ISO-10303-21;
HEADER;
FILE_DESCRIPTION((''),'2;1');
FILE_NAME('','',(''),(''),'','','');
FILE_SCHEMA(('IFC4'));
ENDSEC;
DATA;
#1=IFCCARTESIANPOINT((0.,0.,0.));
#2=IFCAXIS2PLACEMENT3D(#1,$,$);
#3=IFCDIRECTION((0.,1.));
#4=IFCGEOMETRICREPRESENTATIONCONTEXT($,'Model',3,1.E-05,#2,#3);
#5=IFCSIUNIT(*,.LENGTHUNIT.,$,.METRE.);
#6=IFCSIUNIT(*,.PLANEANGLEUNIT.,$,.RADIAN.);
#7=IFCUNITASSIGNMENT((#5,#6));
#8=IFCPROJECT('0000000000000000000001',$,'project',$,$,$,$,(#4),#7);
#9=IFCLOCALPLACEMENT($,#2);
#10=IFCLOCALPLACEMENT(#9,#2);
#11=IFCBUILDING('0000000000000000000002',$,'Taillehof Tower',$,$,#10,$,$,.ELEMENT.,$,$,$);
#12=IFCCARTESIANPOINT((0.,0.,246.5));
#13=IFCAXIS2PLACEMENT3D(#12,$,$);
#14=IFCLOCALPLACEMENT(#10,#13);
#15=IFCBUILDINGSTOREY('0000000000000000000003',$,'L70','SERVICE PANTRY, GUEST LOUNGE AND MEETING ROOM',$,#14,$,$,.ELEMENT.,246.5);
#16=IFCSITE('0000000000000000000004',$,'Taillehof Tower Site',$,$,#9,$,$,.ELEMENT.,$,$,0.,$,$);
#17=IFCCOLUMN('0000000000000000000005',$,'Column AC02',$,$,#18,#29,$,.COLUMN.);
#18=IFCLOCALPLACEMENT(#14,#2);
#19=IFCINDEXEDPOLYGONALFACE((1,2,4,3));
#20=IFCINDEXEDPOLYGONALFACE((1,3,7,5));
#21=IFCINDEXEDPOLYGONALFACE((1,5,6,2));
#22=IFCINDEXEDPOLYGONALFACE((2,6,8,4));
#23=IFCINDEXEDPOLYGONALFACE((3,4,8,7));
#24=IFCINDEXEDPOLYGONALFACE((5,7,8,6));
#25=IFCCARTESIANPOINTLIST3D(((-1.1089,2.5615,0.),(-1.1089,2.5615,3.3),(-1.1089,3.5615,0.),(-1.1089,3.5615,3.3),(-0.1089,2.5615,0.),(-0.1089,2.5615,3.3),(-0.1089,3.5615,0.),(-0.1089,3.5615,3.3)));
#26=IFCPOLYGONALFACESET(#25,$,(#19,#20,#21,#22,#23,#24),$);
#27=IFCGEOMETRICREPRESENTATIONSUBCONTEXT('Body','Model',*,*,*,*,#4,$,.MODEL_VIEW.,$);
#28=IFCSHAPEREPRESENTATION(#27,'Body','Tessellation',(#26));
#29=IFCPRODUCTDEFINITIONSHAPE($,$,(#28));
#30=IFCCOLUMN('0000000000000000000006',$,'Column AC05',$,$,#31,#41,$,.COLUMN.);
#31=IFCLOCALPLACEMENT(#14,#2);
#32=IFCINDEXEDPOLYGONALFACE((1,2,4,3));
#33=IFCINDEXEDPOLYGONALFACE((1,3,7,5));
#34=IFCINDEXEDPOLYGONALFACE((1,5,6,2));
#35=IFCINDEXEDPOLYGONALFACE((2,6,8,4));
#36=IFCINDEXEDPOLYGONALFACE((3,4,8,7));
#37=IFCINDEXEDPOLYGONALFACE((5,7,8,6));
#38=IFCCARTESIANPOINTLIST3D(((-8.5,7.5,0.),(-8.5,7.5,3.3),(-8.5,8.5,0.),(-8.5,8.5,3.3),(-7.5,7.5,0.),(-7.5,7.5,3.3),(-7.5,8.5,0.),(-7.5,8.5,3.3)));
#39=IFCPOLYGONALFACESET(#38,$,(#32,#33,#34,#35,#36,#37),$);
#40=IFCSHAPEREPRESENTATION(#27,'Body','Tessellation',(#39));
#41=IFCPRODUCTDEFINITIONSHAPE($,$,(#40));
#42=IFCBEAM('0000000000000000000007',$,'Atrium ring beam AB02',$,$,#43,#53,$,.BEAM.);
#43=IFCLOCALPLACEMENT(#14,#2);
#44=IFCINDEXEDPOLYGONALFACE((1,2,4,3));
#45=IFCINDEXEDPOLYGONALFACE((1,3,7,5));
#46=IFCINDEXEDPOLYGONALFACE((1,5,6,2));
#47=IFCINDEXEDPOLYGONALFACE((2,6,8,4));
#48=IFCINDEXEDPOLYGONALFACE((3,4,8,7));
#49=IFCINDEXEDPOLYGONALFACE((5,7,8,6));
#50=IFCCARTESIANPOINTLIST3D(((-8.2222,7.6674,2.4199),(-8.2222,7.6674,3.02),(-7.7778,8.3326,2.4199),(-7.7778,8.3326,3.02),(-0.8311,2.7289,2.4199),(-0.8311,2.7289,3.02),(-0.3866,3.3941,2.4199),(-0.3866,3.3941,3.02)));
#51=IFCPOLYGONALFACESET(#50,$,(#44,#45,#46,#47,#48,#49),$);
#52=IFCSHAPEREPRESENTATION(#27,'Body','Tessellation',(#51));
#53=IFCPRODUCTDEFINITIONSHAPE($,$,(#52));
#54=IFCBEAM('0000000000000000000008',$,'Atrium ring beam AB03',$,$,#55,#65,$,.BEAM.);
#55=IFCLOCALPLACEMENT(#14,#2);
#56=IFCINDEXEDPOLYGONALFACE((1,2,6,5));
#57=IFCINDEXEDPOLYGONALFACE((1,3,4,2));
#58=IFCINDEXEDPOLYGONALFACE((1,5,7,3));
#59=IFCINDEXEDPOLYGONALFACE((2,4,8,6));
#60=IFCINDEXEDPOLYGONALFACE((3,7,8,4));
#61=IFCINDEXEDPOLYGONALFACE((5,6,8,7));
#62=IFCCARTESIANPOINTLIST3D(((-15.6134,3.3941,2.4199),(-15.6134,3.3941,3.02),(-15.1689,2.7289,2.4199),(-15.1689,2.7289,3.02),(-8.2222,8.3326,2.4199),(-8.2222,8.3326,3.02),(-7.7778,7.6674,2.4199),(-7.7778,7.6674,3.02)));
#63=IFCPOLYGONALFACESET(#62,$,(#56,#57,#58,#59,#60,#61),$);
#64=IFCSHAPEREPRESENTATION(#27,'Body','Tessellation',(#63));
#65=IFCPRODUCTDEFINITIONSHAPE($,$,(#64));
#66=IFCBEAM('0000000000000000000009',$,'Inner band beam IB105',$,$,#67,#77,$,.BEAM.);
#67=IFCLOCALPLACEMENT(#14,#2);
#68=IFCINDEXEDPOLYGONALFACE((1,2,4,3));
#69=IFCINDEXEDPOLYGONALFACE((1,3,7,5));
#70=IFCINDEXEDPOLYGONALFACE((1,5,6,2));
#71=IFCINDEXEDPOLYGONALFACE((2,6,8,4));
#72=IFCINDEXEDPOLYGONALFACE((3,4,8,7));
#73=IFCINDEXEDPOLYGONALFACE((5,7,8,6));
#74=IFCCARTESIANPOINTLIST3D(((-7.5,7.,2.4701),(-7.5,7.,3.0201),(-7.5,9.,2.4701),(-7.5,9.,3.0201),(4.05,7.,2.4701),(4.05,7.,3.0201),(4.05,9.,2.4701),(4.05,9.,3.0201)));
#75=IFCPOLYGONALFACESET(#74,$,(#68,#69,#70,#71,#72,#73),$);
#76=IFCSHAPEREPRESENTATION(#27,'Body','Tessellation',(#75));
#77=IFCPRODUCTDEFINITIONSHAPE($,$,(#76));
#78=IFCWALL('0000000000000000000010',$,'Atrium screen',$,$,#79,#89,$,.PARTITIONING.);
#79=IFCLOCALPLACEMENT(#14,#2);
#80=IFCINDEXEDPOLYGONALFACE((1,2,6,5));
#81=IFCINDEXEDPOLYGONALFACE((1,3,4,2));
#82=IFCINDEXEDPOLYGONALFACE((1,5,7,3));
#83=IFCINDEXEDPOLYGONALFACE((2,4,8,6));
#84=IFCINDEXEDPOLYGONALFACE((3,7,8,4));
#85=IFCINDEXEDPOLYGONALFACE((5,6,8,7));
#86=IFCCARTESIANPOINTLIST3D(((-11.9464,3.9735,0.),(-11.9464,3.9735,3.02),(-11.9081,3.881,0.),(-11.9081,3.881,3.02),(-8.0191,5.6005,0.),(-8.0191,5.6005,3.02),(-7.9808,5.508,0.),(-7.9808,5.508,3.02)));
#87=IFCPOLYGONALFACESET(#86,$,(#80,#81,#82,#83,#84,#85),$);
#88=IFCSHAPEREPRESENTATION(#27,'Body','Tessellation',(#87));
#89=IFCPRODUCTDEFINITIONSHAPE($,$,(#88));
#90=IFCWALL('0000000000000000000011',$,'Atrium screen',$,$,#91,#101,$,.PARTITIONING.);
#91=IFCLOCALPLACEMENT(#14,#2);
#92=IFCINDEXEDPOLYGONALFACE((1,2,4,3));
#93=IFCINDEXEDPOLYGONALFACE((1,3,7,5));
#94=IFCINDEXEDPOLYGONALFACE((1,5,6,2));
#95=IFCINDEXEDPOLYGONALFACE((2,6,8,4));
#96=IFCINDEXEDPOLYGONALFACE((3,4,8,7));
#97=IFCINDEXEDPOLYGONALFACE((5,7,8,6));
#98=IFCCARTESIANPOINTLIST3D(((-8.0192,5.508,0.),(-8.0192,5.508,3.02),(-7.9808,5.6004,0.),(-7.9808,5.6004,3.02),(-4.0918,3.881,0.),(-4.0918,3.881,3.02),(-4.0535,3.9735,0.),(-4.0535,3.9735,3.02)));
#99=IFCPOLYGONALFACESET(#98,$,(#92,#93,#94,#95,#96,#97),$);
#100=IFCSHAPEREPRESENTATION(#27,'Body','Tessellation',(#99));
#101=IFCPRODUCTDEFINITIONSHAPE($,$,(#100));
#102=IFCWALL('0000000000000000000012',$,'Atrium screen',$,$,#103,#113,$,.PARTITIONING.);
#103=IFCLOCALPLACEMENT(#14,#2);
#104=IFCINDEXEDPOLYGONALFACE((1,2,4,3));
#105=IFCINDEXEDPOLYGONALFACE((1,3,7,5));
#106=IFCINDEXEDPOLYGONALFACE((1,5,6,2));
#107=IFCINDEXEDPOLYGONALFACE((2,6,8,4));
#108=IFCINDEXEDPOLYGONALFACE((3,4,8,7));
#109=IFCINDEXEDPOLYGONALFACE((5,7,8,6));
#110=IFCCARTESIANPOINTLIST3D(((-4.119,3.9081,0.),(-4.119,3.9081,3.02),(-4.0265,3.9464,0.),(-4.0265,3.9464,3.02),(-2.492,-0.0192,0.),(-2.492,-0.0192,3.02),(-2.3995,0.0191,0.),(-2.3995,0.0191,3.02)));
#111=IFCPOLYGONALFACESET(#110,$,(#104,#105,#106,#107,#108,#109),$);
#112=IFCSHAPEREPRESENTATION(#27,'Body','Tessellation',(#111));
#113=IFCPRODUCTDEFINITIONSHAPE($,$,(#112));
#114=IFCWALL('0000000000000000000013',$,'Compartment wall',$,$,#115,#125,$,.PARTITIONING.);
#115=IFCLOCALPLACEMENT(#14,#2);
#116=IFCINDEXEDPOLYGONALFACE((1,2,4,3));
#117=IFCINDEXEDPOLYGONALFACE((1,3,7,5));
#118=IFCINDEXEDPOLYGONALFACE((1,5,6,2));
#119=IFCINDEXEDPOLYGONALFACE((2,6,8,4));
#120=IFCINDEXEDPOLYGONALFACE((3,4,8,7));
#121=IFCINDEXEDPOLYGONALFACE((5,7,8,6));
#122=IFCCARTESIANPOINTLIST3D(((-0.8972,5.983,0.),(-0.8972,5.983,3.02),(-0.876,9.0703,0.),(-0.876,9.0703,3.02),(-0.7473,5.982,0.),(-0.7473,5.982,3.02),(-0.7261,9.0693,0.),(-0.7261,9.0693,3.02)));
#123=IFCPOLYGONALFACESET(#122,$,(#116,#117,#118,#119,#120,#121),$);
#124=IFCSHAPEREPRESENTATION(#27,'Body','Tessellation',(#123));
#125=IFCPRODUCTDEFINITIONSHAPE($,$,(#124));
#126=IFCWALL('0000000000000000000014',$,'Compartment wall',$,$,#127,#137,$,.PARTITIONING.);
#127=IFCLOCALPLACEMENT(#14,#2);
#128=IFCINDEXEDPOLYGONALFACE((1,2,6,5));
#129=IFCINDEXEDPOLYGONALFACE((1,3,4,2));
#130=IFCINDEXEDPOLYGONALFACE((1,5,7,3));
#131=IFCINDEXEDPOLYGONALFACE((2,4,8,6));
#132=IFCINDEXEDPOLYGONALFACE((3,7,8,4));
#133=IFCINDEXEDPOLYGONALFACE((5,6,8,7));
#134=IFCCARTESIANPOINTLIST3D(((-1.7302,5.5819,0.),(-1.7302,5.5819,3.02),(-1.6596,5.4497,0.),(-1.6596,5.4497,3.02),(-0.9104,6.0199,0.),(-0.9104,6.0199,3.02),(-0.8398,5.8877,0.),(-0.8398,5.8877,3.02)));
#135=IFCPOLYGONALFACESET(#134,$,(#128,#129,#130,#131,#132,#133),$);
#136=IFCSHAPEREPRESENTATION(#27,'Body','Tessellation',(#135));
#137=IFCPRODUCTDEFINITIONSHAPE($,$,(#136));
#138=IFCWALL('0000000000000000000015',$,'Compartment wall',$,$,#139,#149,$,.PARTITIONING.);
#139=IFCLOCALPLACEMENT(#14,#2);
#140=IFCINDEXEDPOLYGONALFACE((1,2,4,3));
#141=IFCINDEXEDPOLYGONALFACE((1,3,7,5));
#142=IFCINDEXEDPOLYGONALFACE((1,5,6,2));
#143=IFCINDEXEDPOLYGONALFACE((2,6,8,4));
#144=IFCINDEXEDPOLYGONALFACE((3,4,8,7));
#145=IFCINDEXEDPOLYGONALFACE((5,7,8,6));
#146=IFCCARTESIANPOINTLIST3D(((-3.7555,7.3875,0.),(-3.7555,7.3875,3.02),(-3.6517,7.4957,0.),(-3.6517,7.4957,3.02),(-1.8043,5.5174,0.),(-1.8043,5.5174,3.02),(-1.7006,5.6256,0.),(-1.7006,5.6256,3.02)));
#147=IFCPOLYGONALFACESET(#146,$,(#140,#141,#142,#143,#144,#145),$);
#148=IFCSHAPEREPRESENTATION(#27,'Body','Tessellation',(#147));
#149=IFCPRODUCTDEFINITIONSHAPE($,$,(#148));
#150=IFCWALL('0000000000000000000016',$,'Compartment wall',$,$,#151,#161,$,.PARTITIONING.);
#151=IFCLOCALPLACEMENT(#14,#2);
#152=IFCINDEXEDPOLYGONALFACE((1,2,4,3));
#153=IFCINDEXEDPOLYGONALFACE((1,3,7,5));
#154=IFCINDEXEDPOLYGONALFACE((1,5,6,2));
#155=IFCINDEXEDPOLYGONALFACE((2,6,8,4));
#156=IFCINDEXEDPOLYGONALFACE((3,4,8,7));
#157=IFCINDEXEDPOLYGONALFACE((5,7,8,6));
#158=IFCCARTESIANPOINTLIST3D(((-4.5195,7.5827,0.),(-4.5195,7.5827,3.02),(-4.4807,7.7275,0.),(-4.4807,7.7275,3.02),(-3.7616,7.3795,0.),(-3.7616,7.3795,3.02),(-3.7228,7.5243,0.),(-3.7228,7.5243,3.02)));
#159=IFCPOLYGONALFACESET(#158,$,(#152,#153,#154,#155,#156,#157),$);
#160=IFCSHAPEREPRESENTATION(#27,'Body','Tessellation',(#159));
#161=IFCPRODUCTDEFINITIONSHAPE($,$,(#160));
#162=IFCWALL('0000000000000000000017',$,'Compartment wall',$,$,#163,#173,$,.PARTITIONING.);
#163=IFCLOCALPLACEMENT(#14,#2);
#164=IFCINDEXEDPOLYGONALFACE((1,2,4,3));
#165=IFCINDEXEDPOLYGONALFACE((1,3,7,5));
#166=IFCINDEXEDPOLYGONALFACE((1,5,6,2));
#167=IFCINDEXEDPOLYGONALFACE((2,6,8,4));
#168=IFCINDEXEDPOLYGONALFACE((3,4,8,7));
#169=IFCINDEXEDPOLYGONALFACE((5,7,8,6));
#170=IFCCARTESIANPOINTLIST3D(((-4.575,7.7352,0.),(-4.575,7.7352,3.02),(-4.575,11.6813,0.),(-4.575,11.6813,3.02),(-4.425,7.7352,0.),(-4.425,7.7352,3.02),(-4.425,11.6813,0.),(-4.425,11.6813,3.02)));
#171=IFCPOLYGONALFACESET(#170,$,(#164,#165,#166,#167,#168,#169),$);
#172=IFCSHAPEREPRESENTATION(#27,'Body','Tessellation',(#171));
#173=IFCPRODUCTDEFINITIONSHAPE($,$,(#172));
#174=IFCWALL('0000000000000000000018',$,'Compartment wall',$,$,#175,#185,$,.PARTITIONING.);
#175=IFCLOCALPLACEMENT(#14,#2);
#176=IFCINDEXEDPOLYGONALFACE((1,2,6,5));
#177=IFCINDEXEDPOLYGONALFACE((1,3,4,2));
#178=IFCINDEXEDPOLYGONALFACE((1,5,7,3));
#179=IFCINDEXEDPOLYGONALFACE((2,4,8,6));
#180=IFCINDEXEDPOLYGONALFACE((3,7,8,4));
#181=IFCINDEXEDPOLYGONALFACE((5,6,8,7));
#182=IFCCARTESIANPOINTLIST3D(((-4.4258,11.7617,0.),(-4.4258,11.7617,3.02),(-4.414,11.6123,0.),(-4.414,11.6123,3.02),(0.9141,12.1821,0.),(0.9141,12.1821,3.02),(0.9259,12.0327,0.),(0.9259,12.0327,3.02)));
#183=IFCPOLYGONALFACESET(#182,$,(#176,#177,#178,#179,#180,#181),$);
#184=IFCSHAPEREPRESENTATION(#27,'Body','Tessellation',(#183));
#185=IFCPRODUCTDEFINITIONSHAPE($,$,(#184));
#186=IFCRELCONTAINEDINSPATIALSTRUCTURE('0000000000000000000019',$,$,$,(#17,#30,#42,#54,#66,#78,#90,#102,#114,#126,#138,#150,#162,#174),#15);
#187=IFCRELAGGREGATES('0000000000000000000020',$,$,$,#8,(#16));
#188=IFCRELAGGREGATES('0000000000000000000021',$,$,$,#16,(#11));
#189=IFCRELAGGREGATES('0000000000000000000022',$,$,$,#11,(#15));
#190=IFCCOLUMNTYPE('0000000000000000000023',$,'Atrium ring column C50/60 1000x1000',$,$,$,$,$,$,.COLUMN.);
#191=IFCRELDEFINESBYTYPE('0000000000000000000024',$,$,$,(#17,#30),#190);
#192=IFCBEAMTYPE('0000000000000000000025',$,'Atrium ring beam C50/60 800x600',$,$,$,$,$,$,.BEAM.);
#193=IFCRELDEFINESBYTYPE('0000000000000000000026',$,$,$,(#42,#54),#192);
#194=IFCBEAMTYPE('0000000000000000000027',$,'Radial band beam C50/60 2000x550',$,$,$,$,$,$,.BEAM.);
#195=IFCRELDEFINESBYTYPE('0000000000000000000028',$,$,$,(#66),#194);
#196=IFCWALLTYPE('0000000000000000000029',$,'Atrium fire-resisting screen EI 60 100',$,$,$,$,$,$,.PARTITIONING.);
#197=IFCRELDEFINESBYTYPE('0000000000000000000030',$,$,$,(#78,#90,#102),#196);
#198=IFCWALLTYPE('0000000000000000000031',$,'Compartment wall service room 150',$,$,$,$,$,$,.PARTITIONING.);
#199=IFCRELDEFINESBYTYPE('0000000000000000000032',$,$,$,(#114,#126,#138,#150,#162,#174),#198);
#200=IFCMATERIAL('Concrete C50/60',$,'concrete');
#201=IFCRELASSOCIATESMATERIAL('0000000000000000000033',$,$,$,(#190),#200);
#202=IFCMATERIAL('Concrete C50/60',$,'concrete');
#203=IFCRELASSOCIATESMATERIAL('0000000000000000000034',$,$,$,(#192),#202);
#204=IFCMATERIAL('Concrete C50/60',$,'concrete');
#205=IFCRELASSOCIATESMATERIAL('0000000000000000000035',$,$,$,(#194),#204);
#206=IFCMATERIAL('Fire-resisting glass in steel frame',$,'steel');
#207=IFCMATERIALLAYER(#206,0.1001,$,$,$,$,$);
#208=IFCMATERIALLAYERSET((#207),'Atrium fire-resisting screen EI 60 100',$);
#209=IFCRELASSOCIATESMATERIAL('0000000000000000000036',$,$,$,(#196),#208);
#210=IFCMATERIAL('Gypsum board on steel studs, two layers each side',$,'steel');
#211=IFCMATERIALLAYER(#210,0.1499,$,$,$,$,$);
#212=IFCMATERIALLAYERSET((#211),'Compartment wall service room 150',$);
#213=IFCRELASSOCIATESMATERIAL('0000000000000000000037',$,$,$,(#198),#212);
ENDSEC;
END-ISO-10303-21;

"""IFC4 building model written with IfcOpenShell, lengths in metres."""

from ifc_helpers import new_model, si_unit, direction, frame, frame_2d, origin, origin_2d, place, context, subcontext, project, spatial, rectangle, extrude, material, layer, layer_set, material_profile, profile_set, type_object, element, save


model = new_model("IFC4")

# Units and contexts
model_context = context("Model", 3, precision=1e-05, world=origin(), true_north=direction((0.0, 1.0)))
body_context = subcontext(model_context, "Body", "Model", "MODEL_VIEW")
ifc_project = project(units=[si_unit("LENGTHUNIT", "METRE"), si_unit("PLANEANGLEUNIT", "RADIAN")], contexts=[model_context])

# Site, building, storey
site_placement = place(None, origin())
site = spatial("IfcSite", under=ifc_project, at=site_placement, Name="Taillehof Tower Site", CompositionType="ELEMENT", RefElevation=0.0)
building_placement = place(site_placement, origin())
building = spatial("IfcBuilding", under=site, at=building_placement, Name="Taillehof Tower", CompositionType="ELEMENT")
storey_placement = place(building_placement, frame((0.0, 0.0, 246.5)))
storey = spatial("IfcBuildingStorey", under=building, at=storey_placement, Name="L70", Description="SERVICE PANTRY, GUEST LOUNGE AND MEETING ROOM", CompositionType="ELEMENT", Elevation=246.5)

# Columns
ifc_material_1 = material(Name="Concrete C50/60", Category="concrete")
ifc_material_profile_1 = material_profile(ifc_material_1, rectangle(XDim=1.0, YDim=1.0, at=origin_2d()), Name="RC 1000x1000")
ifc_profile_set_1 = profile_set([ifc_material_profile_1], Name="Concrete C50/60")
column_type = type_object("IfcColumnType", Name="Atrium ring column C50/60 1000x1000", PredefinedType="COLUMN", material=ifc_profile_set_1)
for number, where, z_axis, x_axis, name in (
    (1, (-0.6089, 3.0615, 0.0), (0.0, 0.0, 1.0), (1.0, 0.0, 0.0), "Column AC02"),
    (2, (-8.0, 8.0, 0.0), (0.0, 0.0, 1.0), (1.0, 0.0, 0.0), "Column AC05"),
):
    element("IfcColumn", number, at=place(storey_placement, frame(where, z_axis=z_axis, x_axis=x_axis)), inside=storey, type_object=column_type, Name=name, PredefinedType="COLUMN", context=body_context, shape_type="SweptSolid", body=[
        extrude(rectangle(XDim=1.0, YDim=1.0, at=origin_2d()), origin(), (0.0, 0.0, 1.0), 3.3),
    ])

# Beams
ifc_material_2 = material(Name="Concrete C50/60", Category="concrete")
ifc_material_profile_2 = material_profile(ifc_material_2, rectangle(XDim=0.8, YDim=0.6001, at=origin_2d()), Name="RC 800x600")
ifc_profile_set_2 = profile_set([ifc_material_profile_2], Name="Concrete C50/60")
beam_type_1 = type_object("IfcBeamType", Name="Atrium ring beam C50/60 800x600", PredefinedType="BEAM", material=ifc_profile_set_2)
for number, where, z_axis, x_axis, name in (
    (3, (-0.6089, 3.0615, 2.72), (-0.831475, 0.555562, 0.0), (-0.555562, -0.831475, 0.0), "Atrium ring beam AB02"),
    (4, (-8.0, 8.0, 2.72), (-0.831475, -0.555562, 0.0), (0.555562, -0.831475, 0.0), "Atrium ring beam AB03"),
):
    element("IfcBeam", number, at=place(storey_placement, frame(where, z_axis=z_axis, x_axis=x_axis)), inside=storey, type_object=beam_type_1, Name=name, PredefinedType="BEAM", context=body_context, shape_type="SweptSolid", body=[
        extrude(rectangle(XDim=0.8, YDim=0.6001, at=origin_2d()), origin(), (0.0, 0.0, 1.0), 8.8892),
    ])
ifc_material_3 = material(Name="Concrete C50/60", Category="concrete")
ifc_material_profile_3 = material_profile(ifc_material_3, rectangle(XDim=2.0, YDim=0.55, at=origin_2d()), Name="RC 2000x550")
ifc_profile_set_3 = profile_set([ifc_material_profile_3], Name="Concrete C50/60")
beam_type_2 = type_object("IfcBeamType", Name="Radial band beam C50/60 2000x550", PredefinedType="BEAM", material=ifc_profile_set_3)
beam_placement = place(storey_placement, frame((-7.5, 8.0, 2.7451), z_axis=(1.0, 0.0, 0.0), x_axis=(0.0, 1.0, 0.0)))
element("IfcBeam", 5, at=beam_placement, inside=storey, type_object=beam_type_2, Name="Inner band beam IB105", PredefinedType="BEAM", context=body_context, shape_type="SweptSolid", body=[
    extrude(rectangle(XDim=2.0, YDim=0.55, at=origin_2d()), origin(), (0.0, 0.0, 1.0), 11.55),
])

# Walls
ifc_material_4 = material(Name="Fire-resisting glass in steel frame", Category="steel")
ifc_layer_1 = layer(ifc_material_4, 0.1001)
ifc_layer_set_1 = layer_set([ifc_layer_1], Name="Atrium fire-resisting screen EI 60 100")
wall_type_1 = type_object("IfcWallType", Name="Atrium fire-resisting screen EI 60 100", PredefinedType="PARTITIONING", material=ifc_layer_set_1)
for number, where, z_axis, x_axis, name in (
    (6, (-11.9272, 3.9272, 0.0), (0.0, 0.0, 1.0), (0.92386, 0.382731, 0.0), "Atrium screen"),
    (7, (-8.0, 5.5542, 0.0), (0.0, 0.0, 1.0), (0.92386, -0.382731, 0.0), "Atrium screen"),
    (8, (-4.0728, 3.9272, 0.0), (0.0, 0.0, 1.0), (0.382731, -0.92386, 0.0), "Atrium screen"),
):
    element("IfcWall", number, at=place(storey_placement, frame(where, z_axis=z_axis, x_axis=x_axis)), inside=storey, type_object=wall_type_1, Name=name, PredefinedType="PARTITIONING", context=body_context, shape_type="SweptSolid", body=[
        extrude(rectangle(XDim=4.251, YDim=0.1001, at=frame_2d((2.1255, 0.0))), origin(), (0.0, 0.0, 1.0), 3.02),
    ])
ifc_material_5 = material(Name="Gypsum board on steel studs, two layers each side", Category="steel")
ifc_layer_2 = layer(ifc_material_5, 0.1499)
ifc_layer_set_2 = layer_set([ifc_layer_2], Name="Compartment wall service room 150")
wall_type_2 = type_object("IfcWallType", Name="Compartment wall service room 150", PredefinedType="PARTITIONING", material=ifc_layer_set_2)
wall_1_placement = place(storey_placement, frame((-0.801, 9.0698, 0.0), z_axis=(0.0, 0.0, 1.0), x_axis=(-0.006879, -0.999976, 0.0)))
element("IfcWall", 9, at=wall_1_placement, inside=storey, type_object=wall_type_2, Name="Compartment wall", PredefinedType="PARTITIONING", context=body_context, shape_type="SweptSolid", body=[
    extrude(rectangle(XDim=3.0874, YDim=0.1499, at=frame_2d((1.5437, 0.0))), origin(), (0.0, 0.0, 1.0), 3.02),
])
wall_2_placement = place(storey_placement, frame((-0.875, 5.9539, 0.0), z_axis=(0.0, 0.0, 1.0), x_axis=(-0.882018, -0.471215, 0.0)))
element("IfcWall", 10, at=wall_2_placement, inside=storey, type_object=wall_type_2, Name="Compartment wall", PredefinedType="PARTITIONING", context=body_context, shape_type="SweptSolid", body=[
    extrude(rectangle(XDim=0.9294, YDim=0.1499, at=frame_2d((0.4648, 0.0))), origin(), (0.0, 0.0, 1.0), 3.02),
])
wall_3_placement = place(storey_placement, frame((-1.7524, 5.5715, 0.0), z_axis=(0.0, 0.0, 1.0), x_axis=(-0.721943, 0.691952, 0.0)))
element("IfcWall", 11, at=wall_3_placement, inside=storey, type_object=wall_type_2, Name="Compartment wall", PredefinedType="PARTITIONING", context=body_context, shape_type="SweptSolid", body=[
    extrude(rectangle(XDim=2.7026, YDim=0.1499, at=frame_2d((1.3513, 0.0))), origin(), (0.0, 0.0, 1.0), 3.02),
])
wall_4_placement = place(storey_placement, frame((-3.7422, 7.4519, 0.0), z_axis=(0.0, 0.0, 1.0), x_axis=(-0.965904, 0.258902, 0.0)))
element("IfcWall", 12, at=wall_4_placement, inside=storey, type_object=wall_type_2, Name="Compartment wall", PredefinedType="PARTITIONING", context=body_context, shape_type="SweptSolid", body=[
    extrude(rectangle(XDim=0.7847, YDim=0.1499, at=frame_2d((0.3923, 0.0))), origin(), (0.0, 0.0, 1.0), 3.02),
])
wall_5_placement = place(storey_placement, frame((-4.5, 7.7351, 0.0), z_axis=(0.0, 0.0, 1.0), x_axis=(0.0, 1.0, 0.0)))
element("IfcWall", 13, at=wall_5_placement, inside=storey, type_object=wall_type_2, Name="Compartment wall", PredefinedType="PARTITIONING", context=body_context, shape_type="SweptSolid", body=[
    extrude(rectangle(XDim=3.946, YDim=0.1499, at=frame_2d((1.9731, 0.0))), origin(), (0.0, 0.0, 1.0), 3.02),
])
wall_6_placement = place(storey_placement, frame((-4.4199, 11.687, 0.0), z_axis=(0.0, 0.0, 1.0), x_axis=(0.996915, 0.078488, 0.0)))
element("IfcWall", 14, at=wall_6_placement, inside=storey, type_object=wall_type_2, Name="Compartment wall", PredefinedType="PARTITIONING", context=body_context, shape_type="SweptSolid", body=[
    extrude(rectangle(XDim=5.3564, YDim=0.1499, at=frame_2d((2.6782, 0.0))), origin(), (0.0, 0.0, 1.0), 3.02),
])

save(model, "model.ifc")
